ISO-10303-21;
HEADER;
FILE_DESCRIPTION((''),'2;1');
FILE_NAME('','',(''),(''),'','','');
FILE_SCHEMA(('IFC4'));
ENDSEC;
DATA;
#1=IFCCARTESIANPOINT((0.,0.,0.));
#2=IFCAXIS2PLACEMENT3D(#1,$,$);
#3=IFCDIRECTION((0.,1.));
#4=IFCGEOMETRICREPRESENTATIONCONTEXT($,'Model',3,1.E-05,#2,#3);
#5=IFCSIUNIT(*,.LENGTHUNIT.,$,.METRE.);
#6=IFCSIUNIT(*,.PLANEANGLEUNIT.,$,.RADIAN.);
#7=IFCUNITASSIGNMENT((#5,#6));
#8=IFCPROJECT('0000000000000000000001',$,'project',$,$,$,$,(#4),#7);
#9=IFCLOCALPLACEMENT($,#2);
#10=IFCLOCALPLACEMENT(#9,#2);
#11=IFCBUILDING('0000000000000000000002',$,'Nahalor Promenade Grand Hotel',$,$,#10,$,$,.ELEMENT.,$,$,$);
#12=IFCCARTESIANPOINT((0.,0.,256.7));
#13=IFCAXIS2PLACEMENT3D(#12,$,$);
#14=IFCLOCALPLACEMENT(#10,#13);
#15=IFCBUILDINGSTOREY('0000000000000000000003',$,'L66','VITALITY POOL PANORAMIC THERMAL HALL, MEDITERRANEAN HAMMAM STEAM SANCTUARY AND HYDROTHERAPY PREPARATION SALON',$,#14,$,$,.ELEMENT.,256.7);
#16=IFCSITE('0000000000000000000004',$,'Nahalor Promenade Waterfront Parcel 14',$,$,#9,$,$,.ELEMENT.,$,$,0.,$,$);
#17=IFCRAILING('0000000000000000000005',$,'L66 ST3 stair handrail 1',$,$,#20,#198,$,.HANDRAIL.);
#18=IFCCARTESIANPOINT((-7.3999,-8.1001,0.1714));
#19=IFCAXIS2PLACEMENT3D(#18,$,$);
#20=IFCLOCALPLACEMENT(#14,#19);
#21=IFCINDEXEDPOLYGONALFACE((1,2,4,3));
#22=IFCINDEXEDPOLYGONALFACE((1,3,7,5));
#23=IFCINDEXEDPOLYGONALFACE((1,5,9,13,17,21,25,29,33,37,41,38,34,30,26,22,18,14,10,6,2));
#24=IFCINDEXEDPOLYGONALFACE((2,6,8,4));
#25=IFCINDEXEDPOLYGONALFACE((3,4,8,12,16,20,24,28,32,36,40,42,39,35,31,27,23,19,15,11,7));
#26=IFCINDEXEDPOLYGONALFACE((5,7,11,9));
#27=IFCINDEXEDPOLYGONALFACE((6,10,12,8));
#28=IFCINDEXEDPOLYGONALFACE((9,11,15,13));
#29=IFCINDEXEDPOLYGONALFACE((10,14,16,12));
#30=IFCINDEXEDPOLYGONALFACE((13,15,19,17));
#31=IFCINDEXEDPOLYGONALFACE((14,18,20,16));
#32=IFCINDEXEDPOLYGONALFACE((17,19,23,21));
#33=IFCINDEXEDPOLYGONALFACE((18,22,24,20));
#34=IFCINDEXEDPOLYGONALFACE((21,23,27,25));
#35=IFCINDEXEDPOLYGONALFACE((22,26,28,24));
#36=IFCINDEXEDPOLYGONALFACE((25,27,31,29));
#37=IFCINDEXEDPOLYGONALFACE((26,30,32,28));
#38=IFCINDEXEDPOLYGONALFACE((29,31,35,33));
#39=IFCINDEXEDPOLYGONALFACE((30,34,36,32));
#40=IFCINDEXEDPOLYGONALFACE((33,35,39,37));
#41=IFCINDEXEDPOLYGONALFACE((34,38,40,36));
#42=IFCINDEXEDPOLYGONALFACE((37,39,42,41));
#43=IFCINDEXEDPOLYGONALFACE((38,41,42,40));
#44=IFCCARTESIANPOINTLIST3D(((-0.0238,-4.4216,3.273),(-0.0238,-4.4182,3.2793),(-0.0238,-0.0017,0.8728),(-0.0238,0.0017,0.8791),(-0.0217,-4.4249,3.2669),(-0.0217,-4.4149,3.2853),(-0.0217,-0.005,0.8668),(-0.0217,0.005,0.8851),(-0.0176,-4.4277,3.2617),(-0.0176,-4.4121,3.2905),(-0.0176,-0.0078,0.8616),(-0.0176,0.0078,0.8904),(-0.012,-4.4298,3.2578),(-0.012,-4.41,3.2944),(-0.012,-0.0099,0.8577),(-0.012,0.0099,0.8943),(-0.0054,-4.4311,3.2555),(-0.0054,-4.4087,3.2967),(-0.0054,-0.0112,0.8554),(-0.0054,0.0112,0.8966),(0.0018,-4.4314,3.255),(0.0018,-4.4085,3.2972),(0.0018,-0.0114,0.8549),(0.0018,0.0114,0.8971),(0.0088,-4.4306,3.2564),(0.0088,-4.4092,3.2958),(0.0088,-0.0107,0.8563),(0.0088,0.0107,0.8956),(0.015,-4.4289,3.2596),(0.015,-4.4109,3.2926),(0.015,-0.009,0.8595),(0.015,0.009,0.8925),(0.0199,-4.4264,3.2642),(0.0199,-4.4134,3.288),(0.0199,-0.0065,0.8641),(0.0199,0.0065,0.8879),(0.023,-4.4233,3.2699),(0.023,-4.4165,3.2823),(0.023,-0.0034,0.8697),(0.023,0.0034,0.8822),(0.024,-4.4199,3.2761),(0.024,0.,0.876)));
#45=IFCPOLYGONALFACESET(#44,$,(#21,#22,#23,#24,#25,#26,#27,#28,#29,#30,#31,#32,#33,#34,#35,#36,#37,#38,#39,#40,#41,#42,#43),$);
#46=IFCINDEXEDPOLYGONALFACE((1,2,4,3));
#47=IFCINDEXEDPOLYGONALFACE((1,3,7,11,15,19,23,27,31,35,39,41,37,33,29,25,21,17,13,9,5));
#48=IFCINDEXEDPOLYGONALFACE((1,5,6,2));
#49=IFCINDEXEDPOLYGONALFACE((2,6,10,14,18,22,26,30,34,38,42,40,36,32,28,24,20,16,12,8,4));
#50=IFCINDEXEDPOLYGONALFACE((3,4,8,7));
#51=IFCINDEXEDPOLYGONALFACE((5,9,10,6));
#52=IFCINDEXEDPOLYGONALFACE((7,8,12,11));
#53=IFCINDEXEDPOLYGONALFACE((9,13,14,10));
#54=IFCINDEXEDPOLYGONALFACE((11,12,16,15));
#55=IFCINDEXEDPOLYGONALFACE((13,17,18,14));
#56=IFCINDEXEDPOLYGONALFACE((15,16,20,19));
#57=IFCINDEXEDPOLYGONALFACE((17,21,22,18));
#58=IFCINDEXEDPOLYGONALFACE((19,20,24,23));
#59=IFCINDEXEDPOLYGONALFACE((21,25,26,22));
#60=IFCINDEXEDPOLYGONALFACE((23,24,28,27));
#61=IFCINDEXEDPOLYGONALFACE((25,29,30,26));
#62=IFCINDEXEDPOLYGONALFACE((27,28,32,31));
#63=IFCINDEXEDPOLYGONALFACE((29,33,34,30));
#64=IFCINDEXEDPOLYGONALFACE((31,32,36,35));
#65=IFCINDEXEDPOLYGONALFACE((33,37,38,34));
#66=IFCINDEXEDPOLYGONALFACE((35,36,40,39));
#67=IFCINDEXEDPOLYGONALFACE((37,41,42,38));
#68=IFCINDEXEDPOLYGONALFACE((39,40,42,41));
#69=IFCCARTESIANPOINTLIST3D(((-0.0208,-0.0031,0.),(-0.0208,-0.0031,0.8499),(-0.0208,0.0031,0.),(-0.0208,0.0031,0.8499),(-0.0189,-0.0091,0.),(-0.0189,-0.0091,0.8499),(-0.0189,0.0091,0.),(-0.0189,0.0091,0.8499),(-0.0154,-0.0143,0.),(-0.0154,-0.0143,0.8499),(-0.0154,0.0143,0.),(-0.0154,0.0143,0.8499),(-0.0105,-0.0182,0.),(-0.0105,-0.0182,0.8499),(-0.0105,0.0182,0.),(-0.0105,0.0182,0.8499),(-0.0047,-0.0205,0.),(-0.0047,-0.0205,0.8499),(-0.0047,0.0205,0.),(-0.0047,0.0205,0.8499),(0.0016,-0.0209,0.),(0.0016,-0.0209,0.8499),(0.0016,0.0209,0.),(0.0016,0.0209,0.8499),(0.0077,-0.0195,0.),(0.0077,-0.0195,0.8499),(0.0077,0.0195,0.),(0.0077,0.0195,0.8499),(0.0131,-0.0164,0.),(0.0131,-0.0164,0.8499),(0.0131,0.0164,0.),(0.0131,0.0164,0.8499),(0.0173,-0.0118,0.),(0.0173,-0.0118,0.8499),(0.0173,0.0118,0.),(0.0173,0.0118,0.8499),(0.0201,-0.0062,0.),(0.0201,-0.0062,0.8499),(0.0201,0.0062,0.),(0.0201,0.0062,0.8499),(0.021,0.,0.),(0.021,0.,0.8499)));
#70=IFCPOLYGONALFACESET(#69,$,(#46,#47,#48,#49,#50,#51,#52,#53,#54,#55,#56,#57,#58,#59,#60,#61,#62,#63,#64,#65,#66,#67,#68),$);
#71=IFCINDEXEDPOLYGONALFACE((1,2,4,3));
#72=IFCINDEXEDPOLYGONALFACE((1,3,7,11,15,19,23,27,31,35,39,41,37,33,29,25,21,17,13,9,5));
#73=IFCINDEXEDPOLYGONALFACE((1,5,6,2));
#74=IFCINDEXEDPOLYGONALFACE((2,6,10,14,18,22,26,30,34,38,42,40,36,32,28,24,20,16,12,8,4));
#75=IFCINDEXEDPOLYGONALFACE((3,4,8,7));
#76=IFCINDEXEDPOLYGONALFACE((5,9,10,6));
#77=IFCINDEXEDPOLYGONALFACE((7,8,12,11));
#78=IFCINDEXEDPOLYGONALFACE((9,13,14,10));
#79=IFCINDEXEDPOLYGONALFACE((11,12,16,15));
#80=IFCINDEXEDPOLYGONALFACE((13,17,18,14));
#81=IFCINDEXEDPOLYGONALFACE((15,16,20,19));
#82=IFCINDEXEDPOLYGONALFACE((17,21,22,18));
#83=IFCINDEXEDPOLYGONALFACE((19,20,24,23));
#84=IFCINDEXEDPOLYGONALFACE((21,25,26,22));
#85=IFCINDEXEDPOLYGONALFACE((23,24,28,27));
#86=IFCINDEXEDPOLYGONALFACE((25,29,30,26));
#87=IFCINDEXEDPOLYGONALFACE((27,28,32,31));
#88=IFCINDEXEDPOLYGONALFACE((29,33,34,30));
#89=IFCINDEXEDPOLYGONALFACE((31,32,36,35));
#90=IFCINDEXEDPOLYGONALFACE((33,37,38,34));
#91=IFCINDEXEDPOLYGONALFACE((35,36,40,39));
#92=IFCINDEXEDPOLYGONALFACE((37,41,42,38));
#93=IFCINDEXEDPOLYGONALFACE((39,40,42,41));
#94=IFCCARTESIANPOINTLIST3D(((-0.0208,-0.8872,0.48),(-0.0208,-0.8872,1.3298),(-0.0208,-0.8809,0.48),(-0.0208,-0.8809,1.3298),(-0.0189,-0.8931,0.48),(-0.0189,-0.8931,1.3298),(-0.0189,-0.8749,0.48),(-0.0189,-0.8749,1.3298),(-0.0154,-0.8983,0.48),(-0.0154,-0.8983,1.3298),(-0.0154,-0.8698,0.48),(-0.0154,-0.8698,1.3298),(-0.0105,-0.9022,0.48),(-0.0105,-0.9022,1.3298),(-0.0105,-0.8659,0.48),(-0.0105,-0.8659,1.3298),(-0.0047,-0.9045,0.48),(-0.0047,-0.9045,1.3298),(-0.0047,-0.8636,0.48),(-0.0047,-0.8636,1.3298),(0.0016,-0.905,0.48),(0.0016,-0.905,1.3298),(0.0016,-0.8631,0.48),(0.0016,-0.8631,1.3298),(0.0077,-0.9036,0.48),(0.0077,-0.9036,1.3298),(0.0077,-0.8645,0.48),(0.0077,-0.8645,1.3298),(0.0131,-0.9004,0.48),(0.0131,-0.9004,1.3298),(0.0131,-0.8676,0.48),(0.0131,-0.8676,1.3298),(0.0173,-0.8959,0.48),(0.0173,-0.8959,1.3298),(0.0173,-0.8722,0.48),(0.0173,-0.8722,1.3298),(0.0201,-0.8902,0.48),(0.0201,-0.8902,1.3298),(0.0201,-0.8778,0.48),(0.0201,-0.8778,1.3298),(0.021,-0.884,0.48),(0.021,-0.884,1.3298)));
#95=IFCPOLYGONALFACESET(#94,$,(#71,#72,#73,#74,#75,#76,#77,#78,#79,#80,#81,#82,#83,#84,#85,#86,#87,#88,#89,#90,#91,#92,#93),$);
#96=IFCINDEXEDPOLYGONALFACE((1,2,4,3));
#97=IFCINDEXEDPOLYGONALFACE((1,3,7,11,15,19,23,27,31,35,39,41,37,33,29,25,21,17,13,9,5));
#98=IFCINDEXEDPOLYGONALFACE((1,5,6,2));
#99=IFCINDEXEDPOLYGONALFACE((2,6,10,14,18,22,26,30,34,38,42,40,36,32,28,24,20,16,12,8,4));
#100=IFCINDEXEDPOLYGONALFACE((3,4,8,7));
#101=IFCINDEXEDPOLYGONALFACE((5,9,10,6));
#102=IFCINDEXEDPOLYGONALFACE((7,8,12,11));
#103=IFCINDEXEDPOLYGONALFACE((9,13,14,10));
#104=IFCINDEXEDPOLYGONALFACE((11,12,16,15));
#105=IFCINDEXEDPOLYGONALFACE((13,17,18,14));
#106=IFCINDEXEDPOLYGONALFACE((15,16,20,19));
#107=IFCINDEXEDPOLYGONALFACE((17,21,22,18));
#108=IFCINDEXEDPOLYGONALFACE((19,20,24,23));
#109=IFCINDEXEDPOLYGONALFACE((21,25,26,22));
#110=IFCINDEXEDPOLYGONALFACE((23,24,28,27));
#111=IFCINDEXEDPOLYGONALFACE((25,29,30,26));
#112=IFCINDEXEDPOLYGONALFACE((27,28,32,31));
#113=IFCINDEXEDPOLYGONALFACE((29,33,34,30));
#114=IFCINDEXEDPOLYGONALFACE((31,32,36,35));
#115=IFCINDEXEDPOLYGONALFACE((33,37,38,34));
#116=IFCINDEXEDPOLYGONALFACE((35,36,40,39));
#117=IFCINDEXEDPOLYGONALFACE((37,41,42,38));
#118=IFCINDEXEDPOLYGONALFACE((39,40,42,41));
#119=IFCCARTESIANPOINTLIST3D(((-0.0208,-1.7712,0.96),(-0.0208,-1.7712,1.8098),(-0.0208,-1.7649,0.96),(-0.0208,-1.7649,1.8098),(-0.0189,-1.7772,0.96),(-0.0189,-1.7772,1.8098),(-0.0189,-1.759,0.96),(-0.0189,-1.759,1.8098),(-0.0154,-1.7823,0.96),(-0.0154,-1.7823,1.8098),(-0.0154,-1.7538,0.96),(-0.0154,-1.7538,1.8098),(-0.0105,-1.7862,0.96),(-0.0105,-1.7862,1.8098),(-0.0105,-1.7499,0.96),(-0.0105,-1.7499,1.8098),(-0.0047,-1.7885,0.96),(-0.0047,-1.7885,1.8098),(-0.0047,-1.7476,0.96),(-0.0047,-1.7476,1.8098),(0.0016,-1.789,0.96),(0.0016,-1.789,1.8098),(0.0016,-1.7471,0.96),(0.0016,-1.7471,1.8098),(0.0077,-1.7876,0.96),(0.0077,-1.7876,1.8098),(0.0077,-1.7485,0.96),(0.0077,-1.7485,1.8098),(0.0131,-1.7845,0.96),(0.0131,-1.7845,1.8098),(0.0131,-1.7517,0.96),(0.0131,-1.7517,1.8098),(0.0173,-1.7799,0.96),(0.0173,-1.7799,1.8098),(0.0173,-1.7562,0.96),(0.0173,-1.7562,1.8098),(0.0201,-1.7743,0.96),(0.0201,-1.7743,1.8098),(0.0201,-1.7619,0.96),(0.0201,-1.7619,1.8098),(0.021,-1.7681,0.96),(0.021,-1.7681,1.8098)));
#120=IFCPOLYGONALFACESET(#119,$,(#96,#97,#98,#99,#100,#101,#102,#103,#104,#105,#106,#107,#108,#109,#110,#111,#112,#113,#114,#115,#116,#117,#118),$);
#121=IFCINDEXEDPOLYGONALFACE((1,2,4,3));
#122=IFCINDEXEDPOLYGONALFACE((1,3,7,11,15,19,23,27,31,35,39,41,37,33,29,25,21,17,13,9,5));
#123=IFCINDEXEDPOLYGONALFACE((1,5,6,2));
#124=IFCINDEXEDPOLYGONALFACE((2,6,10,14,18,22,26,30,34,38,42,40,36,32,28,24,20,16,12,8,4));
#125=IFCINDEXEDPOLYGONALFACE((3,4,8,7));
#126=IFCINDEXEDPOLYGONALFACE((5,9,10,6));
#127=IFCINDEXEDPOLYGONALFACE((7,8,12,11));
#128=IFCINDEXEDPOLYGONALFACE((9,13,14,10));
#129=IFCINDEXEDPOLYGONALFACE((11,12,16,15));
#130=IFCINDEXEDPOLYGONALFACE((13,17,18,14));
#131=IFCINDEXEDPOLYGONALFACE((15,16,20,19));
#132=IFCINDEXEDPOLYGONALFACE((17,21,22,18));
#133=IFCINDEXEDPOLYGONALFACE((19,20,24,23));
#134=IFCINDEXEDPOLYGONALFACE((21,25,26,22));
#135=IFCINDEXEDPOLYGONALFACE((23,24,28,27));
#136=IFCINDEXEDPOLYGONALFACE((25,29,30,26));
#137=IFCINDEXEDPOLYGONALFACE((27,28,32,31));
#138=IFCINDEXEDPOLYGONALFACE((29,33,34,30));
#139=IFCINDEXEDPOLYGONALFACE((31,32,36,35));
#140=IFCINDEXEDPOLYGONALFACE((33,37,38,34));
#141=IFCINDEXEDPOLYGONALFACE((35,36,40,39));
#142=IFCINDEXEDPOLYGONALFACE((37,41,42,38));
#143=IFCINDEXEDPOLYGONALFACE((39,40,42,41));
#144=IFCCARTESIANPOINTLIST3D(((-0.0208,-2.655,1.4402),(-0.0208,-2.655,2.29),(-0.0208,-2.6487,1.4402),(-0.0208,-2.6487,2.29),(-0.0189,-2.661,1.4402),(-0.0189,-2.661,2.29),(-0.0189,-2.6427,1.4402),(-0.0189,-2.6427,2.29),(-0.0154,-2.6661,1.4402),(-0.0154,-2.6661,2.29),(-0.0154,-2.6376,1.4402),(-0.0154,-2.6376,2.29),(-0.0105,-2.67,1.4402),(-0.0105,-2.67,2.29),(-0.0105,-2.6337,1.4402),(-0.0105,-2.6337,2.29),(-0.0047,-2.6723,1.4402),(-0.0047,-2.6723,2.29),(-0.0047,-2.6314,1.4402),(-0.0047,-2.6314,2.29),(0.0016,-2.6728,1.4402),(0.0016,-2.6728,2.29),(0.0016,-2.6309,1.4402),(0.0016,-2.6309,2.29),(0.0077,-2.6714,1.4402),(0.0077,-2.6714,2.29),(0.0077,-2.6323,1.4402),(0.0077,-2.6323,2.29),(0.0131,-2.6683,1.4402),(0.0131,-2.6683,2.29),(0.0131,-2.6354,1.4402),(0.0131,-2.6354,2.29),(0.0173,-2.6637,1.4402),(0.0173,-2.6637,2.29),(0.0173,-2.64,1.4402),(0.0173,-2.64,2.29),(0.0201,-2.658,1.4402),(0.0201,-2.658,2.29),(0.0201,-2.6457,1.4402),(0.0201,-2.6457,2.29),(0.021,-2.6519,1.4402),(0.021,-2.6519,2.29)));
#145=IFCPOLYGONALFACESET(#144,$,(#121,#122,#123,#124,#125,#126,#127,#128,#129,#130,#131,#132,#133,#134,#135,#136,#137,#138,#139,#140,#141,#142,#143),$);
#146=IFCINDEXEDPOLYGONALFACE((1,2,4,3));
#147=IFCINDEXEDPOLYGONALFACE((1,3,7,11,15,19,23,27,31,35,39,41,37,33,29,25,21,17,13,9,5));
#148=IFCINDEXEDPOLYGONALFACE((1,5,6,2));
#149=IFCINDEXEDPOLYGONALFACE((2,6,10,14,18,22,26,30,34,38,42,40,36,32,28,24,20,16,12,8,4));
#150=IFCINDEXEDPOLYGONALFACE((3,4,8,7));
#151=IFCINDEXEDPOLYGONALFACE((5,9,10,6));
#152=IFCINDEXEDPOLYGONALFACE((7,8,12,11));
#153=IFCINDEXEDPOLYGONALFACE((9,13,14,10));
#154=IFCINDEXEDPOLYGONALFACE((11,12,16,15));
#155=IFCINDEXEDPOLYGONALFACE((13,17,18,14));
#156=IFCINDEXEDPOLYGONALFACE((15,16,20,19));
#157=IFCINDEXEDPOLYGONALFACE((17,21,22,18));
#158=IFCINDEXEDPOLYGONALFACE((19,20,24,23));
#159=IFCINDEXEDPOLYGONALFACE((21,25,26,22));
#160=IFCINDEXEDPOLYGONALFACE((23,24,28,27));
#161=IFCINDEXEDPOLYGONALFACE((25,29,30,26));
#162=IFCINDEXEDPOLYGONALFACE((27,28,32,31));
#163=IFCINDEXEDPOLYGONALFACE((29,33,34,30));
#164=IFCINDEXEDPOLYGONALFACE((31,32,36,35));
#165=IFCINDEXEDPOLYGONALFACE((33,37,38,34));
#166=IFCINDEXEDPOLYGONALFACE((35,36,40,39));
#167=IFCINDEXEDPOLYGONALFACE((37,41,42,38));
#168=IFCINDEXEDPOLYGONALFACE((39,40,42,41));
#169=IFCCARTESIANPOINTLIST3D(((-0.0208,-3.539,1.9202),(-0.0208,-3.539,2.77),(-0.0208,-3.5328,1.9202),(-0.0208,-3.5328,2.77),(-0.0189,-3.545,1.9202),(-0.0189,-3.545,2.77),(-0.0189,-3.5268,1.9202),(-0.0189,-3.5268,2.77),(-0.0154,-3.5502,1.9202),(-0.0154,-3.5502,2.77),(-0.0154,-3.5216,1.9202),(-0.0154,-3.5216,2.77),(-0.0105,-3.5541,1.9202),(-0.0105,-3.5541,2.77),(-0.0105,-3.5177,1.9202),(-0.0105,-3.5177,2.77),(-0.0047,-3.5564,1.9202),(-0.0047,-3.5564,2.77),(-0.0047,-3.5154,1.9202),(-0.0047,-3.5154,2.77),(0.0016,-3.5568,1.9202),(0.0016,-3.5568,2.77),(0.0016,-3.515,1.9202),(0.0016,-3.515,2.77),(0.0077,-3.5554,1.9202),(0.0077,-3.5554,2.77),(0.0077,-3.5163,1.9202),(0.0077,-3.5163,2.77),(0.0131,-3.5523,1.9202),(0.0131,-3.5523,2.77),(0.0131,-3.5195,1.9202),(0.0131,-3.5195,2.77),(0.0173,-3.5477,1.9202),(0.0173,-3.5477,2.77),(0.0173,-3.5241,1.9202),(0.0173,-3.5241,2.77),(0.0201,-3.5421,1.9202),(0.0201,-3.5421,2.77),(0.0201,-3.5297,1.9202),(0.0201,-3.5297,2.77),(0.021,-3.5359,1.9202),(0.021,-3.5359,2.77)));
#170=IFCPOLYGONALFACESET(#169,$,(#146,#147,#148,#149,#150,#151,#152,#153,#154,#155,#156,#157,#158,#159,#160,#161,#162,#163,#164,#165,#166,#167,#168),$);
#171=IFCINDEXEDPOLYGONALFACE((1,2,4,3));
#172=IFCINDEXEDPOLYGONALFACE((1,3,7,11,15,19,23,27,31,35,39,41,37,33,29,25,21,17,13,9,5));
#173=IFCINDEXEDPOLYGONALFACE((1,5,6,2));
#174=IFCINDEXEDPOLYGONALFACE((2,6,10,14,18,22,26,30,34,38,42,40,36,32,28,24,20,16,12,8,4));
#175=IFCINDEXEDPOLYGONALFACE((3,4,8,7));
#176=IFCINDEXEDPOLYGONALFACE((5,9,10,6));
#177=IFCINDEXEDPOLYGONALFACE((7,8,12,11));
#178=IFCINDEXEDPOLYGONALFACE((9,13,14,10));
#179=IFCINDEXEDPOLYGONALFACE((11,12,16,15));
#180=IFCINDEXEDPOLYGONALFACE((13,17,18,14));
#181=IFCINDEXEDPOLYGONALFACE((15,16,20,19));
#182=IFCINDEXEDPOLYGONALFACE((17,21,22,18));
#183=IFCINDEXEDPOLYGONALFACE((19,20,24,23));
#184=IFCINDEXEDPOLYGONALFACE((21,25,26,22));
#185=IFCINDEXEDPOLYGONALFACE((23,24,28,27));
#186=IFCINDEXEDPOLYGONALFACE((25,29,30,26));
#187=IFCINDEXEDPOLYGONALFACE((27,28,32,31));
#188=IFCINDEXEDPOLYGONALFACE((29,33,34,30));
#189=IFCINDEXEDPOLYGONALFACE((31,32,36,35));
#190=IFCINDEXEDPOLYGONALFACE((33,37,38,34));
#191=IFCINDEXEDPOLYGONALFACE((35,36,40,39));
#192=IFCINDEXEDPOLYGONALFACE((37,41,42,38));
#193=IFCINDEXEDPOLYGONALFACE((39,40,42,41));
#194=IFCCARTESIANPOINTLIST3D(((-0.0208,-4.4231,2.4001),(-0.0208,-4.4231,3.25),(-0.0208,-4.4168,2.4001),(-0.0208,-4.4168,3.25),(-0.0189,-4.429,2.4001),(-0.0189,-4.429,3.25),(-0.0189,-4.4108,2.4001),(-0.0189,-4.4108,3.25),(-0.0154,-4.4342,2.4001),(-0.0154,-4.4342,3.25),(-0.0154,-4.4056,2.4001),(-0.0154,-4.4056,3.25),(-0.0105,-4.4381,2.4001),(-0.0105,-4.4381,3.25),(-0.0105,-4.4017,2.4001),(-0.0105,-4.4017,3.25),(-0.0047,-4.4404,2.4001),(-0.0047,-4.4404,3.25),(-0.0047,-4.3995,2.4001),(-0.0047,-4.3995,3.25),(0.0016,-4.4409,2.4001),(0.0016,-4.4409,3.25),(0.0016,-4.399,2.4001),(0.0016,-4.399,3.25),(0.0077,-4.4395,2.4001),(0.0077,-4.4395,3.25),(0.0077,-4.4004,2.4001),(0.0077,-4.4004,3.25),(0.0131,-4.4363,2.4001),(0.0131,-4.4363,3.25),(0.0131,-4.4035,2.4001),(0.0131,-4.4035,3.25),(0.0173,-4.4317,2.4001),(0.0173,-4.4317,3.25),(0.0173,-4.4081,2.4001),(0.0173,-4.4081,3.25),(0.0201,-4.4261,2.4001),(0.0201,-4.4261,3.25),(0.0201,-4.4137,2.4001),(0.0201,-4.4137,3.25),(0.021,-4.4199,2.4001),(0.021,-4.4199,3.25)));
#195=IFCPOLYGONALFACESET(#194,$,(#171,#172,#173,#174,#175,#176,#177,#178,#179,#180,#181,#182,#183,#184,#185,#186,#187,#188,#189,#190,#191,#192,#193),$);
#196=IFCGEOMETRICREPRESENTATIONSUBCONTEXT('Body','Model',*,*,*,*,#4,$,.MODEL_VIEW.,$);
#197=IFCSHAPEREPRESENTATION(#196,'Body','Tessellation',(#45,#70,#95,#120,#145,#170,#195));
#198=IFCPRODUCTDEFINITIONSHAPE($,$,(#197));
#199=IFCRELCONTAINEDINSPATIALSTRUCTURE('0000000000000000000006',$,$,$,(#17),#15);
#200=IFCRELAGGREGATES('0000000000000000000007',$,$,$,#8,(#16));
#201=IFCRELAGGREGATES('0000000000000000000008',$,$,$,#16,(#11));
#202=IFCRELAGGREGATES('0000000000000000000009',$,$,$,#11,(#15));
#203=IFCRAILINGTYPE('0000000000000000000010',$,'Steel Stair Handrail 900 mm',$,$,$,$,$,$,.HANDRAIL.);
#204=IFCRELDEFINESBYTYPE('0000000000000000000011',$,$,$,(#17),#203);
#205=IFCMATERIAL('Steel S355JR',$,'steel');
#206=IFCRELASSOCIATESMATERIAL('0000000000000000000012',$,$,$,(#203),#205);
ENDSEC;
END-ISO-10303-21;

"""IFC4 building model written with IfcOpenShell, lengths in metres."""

from ifc_helpers import new_model, si_unit, direction, frame, origin, origin_2d, place, context, subcontext, project, spatial, circle, extrude, material, type_object, element, save


model = new_model("IFC4")

# Units and contexts
model_context = context("Model", 3, precision=1e-05, world=origin(), true_north=direction((0.0, 1.0)))
body_context = subcontext(model_context, "Body", "Model", "MODEL_VIEW")
ifc_project = project(units=[si_unit("LENGTHUNIT", "METRE"), si_unit("PLANEANGLEUNIT", "RADIAN")], contexts=[model_context])

# Site, building, storey
site_placement = place(None, origin())
site = spatial("IfcSite", under=ifc_project, at=site_placement, Name="Nahalor Promenade Waterfront Parcel 14", CompositionType="ELEMENT", RefElevation=0.0)
building_placement = place(site_placement, origin())
building = spatial("IfcBuilding", under=site, at=building_placement, Name="Nahalor Promenade Grand Hotel", CompositionType="ELEMENT")
storey_placement = place(building_placement, frame((0.0, 0.0, 256.7)))
storey = spatial("IfcBuildingStorey", under=building, at=storey_placement, Name="L66", Description="VITALITY POOL PANORAMIC THERMAL HALL, MEDITERRANEAN HAMMAM STEAM SANCTUARY AND HYDROTHERAPY PREPARATION SALON", CompositionType="ELEMENT", Elevation=256.7)

# Shared definitions
ifc_material_1 = material(Name="Steel S355JR", Category="steel")

# Railing
railing_type_1 = type_object("IfcRailingType", Name="Steel Stair Handrail 900 mm", PredefinedType="HANDRAIL", material=ifc_material_1)
railing_1_placement = place(storey_placement, frame((-7.3999, -8.1001, 0.1714)))
element("IfcRailing", 1, at=railing_1_placement, inside=storey, type_object=railing_type_1, Name="L66 ST3 stair handrail 1", PredefinedType="HANDRAIL", context=body_context, shape_type="SweptSolid", body=[
    extrude(circle(Radius=0.024, at=origin_2d()), frame((0.0, 0.0, 0.876), z_axis=(0.0, -0.87879, 0.477209), x_axis=(1.0, 0.0, 0.0)), (0.0, 0.0, 1.0), 5.0295),
    extrude(circle(Radius=0.021, at=origin_2d()), origin(), (0.0, 0.0, 1.0), 0.8499),
    extrude(circle(Radius=0.021, at=origin_2d()), frame((0.0, -0.884, 0.48)), (0.0, 0.0, 1.0), 0.8499),
    extrude(circle(Radius=0.021, at=origin_2d()), frame((0.0, -1.7681, 0.96)), (0.0, 0.0, 1.0), 0.8499),
    extrude(circle(Radius=0.021, at=origin_2d()), frame((0.0, -2.6519, 1.4402)), (0.0, 0.0, 1.0), 0.8499),
    extrude(circle(Radius=0.021, at=origin_2d()), frame((0.0, -3.5359, 1.9202)), (0.0, 0.0, 1.0), 0.8499),
    extrude(circle(Radius=0.021, at=origin_2d()), frame((0.0, -4.4199, 2.4001)), (0.0, 0.0, 1.0), 0.8499),
])

save(model, "model.ifc")
